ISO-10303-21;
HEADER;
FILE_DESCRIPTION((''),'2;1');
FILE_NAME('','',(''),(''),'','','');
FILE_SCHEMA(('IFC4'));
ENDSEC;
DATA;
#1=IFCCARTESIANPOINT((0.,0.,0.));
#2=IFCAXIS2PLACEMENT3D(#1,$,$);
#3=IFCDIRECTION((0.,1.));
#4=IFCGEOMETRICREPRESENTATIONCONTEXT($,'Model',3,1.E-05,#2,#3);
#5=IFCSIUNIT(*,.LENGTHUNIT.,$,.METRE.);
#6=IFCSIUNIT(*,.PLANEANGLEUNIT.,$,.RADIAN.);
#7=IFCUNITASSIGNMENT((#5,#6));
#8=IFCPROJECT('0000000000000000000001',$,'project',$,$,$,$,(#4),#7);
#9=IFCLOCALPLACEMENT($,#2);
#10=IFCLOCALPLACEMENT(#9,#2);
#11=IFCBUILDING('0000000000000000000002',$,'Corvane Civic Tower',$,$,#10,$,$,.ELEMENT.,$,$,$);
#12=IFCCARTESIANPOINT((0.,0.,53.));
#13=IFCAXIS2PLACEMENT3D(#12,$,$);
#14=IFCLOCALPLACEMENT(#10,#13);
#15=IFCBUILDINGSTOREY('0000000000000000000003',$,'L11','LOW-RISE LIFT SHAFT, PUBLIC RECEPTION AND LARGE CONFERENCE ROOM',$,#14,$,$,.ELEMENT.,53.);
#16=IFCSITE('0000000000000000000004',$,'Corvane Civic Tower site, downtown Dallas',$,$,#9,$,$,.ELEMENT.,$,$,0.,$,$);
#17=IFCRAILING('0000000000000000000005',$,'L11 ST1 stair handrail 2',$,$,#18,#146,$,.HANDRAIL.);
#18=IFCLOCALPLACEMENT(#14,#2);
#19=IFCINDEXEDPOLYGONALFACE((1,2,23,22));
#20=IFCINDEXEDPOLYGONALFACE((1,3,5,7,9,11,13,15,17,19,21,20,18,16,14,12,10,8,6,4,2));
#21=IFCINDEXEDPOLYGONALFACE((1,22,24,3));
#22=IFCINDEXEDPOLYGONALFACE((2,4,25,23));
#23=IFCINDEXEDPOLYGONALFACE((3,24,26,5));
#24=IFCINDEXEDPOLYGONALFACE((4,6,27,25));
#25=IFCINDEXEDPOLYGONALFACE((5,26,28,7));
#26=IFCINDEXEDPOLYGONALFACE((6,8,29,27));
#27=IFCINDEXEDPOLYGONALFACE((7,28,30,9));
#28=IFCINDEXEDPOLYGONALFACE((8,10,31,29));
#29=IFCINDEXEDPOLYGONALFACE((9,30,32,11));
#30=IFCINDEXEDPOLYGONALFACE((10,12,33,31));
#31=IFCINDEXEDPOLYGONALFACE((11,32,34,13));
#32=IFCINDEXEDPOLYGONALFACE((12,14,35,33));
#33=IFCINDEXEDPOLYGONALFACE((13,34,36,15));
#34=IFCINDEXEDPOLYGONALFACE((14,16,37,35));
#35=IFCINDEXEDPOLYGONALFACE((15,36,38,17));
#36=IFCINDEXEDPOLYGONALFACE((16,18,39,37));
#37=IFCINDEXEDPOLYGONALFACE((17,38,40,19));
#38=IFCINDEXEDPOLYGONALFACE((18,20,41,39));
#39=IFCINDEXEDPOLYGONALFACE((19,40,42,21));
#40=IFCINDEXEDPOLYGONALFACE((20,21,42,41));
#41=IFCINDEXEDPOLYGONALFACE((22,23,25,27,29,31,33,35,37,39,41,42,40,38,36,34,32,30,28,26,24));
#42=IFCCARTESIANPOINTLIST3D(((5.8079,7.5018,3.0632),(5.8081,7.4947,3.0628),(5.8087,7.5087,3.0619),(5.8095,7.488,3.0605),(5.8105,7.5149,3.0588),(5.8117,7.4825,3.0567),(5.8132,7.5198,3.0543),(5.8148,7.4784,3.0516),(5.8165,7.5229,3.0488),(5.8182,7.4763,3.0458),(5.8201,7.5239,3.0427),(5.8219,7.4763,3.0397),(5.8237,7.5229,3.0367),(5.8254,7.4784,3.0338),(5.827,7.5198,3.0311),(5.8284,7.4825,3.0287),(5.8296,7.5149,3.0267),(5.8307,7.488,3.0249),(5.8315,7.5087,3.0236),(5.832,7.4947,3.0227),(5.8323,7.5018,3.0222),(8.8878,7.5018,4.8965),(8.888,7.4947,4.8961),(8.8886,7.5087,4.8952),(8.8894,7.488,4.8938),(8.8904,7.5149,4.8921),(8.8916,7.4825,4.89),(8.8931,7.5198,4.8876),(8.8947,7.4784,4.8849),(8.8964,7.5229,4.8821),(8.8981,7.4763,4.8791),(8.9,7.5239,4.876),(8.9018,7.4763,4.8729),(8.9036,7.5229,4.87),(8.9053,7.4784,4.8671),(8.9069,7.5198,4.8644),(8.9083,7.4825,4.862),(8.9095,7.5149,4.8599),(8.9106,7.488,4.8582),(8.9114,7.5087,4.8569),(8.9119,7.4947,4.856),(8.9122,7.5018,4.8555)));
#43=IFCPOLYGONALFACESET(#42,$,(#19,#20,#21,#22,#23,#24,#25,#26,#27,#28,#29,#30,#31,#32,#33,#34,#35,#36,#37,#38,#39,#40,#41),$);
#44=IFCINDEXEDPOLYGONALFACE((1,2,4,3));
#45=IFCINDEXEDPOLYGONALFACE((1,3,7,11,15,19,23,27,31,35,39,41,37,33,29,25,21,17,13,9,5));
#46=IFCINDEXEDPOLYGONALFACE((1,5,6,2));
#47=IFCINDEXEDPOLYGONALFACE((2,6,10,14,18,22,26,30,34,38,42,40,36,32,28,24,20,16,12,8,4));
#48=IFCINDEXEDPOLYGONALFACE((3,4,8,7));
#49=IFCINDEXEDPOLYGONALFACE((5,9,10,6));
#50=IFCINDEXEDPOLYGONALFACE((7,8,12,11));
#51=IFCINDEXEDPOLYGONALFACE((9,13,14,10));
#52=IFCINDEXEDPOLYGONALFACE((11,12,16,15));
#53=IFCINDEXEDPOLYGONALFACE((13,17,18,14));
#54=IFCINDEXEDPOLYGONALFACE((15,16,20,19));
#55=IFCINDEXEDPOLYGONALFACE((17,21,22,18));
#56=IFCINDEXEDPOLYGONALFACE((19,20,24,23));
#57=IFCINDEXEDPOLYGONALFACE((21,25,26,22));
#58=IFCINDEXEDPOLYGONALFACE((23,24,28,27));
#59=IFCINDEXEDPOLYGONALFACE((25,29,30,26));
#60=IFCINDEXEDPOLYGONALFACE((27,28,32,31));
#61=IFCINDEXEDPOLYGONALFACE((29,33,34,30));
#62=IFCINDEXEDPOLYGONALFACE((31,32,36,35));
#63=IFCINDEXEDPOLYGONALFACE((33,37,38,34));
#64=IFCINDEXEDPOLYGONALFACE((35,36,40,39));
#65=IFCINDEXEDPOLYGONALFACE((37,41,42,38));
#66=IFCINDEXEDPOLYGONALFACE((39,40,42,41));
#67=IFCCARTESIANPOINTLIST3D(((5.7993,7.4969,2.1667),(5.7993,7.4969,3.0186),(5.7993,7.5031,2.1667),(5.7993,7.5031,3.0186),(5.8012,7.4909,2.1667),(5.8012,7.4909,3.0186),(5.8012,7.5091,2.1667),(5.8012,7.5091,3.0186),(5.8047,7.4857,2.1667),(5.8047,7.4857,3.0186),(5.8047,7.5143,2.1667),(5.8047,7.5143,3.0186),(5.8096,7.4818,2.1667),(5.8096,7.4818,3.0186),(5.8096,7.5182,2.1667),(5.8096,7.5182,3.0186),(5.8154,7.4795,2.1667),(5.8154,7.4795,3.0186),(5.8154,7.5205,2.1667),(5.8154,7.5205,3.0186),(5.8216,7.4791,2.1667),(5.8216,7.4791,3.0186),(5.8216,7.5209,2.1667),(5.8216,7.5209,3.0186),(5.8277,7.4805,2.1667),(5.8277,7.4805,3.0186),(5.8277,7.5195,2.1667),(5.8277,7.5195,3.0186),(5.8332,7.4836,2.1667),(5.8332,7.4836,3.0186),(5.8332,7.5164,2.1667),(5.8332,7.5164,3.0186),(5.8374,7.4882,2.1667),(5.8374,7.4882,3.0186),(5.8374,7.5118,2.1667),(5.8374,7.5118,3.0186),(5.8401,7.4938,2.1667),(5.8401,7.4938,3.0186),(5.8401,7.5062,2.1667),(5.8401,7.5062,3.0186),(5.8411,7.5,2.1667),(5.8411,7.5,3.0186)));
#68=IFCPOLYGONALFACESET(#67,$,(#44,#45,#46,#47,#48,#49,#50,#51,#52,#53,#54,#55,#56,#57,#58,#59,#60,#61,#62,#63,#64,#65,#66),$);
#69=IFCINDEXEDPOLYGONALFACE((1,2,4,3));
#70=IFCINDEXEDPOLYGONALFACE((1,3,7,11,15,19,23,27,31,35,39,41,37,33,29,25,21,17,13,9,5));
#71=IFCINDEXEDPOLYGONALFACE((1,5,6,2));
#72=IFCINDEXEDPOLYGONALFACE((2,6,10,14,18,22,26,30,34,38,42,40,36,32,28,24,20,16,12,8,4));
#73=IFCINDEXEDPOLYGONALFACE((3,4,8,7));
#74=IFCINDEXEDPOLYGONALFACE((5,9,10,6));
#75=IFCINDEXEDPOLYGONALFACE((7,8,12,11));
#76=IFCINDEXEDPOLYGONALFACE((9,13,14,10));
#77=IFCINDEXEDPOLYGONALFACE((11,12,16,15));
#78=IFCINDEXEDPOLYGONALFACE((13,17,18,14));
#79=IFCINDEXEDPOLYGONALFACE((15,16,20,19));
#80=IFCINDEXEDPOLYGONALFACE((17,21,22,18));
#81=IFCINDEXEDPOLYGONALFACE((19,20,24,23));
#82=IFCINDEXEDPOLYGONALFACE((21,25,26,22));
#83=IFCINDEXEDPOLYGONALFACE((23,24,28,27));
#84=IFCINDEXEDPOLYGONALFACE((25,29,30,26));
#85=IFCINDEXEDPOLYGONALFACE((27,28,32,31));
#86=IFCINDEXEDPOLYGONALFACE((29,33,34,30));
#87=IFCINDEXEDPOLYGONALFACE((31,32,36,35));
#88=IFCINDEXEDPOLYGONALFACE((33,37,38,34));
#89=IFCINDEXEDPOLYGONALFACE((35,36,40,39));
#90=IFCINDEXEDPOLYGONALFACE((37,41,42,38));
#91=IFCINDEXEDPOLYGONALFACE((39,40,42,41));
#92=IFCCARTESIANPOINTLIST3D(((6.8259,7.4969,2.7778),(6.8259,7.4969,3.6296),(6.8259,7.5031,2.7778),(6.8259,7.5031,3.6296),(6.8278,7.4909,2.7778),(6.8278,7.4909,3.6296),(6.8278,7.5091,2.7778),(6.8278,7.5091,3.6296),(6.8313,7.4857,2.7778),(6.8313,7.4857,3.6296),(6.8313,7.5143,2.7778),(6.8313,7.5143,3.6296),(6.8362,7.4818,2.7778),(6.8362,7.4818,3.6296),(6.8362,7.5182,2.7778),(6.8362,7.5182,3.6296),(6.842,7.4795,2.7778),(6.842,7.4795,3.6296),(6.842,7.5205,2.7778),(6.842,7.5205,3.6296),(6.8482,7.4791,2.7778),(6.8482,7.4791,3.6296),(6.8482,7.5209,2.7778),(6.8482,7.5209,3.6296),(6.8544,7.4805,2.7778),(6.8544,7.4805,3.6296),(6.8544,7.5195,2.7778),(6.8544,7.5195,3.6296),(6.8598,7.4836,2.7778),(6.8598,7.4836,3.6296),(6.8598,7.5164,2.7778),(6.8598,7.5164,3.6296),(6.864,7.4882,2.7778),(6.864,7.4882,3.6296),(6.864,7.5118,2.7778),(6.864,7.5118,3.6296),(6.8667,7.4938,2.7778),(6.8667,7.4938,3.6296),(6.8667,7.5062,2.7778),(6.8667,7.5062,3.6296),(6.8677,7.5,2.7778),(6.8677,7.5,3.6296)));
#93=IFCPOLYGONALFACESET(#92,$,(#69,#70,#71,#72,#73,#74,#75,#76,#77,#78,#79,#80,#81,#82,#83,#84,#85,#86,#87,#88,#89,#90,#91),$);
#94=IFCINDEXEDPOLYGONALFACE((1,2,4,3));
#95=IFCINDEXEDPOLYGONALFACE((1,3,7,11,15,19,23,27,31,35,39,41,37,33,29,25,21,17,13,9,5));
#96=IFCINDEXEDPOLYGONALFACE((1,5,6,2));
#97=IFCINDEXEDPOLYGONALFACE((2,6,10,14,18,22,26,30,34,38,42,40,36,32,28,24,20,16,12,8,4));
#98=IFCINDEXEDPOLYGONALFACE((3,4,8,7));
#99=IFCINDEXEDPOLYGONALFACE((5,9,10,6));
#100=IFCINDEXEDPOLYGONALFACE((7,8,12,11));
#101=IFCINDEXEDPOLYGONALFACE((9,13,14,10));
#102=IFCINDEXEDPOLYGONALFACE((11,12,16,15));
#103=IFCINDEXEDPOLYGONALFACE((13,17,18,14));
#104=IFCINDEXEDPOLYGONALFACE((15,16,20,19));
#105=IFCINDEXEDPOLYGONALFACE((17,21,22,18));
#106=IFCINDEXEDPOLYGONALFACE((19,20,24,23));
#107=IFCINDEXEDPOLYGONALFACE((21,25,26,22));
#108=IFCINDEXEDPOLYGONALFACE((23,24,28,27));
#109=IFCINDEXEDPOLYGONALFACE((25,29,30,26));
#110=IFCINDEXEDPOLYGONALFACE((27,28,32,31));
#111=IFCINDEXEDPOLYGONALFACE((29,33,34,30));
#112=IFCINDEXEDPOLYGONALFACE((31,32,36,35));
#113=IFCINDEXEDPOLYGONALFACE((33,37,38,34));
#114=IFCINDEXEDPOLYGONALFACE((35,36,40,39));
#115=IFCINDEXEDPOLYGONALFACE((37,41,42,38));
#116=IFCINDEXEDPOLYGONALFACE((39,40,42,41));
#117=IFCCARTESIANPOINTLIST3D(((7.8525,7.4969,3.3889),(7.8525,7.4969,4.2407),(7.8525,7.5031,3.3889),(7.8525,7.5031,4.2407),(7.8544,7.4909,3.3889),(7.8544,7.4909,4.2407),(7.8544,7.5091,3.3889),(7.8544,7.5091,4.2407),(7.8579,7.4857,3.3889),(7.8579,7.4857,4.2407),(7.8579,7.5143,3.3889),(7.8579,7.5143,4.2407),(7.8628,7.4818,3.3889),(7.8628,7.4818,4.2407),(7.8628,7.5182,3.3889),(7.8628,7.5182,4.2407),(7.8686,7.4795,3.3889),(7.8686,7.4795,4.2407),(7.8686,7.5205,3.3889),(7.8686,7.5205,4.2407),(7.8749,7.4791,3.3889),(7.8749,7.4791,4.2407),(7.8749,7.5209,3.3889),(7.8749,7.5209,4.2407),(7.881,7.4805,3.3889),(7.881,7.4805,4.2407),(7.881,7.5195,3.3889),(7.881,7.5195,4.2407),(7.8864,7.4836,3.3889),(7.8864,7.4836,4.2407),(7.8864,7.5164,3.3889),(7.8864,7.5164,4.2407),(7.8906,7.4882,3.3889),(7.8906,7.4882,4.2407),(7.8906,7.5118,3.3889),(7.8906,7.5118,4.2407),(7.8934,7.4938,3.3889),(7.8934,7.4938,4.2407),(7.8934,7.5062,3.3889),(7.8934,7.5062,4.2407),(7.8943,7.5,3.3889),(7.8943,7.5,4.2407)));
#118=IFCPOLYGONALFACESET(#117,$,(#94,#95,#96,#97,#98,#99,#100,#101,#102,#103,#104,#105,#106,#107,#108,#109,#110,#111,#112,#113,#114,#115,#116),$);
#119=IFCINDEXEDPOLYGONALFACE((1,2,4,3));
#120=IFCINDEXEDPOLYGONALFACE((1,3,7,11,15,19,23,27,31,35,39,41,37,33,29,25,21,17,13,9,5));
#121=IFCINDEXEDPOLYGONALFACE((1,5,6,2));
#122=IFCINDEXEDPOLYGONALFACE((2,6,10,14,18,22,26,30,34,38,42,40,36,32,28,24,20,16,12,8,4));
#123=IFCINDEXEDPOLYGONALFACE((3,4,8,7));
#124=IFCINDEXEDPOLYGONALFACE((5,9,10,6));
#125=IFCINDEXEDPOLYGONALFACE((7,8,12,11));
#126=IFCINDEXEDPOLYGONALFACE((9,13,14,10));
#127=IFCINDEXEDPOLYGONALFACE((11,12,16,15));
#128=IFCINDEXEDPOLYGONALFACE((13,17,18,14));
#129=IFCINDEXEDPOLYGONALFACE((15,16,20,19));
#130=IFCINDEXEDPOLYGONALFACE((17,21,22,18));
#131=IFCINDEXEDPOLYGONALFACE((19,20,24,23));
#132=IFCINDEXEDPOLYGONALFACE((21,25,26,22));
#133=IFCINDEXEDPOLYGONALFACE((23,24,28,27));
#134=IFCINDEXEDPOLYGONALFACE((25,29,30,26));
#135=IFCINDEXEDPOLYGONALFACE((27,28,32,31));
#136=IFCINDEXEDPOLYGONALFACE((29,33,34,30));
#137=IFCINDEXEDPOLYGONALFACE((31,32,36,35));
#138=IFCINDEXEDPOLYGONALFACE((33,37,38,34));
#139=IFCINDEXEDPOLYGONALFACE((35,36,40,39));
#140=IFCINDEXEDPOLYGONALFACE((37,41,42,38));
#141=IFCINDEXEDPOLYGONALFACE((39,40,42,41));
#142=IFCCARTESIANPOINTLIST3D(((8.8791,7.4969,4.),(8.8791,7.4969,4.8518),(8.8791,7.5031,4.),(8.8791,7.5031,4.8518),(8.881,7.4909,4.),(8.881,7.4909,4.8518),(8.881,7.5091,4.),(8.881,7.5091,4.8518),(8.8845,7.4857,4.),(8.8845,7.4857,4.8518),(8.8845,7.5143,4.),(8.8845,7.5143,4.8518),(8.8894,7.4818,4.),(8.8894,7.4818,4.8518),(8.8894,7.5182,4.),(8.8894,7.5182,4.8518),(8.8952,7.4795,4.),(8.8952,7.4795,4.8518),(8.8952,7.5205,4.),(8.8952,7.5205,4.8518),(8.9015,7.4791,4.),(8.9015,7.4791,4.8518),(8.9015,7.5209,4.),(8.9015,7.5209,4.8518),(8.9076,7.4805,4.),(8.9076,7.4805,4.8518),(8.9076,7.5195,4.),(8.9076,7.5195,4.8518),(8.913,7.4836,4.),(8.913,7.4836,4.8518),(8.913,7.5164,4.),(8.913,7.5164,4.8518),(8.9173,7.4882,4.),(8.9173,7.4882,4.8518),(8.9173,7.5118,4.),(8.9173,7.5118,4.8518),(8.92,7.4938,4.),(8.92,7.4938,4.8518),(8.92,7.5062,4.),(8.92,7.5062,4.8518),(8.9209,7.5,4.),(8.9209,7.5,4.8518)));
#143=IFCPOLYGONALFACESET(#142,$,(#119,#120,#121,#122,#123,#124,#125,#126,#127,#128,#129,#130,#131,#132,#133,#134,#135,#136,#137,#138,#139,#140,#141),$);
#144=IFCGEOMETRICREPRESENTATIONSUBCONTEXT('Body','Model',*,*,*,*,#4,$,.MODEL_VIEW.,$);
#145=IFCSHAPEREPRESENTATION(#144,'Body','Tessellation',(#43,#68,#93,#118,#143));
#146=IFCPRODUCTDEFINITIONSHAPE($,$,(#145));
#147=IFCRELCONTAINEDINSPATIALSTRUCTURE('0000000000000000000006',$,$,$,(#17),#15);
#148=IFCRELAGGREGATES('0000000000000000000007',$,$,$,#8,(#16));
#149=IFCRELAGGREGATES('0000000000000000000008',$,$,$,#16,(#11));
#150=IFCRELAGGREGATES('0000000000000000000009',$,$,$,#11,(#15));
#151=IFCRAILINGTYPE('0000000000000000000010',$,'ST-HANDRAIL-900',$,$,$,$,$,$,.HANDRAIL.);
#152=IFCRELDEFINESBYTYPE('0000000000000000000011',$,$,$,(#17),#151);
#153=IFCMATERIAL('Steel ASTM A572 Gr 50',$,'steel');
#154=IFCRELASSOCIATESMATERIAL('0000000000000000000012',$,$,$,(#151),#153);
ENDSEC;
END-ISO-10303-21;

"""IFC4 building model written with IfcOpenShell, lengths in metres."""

from ifc_helpers import new_model, si_unit, direction, frame, origin, origin_2d, place, context, subcontext, project, spatial, circle, extrude, material, type_object, element, save


model = new_model("IFC4")

# Units and contexts
model_context = context("Model", 3, precision=1e-05, world=origin(), true_north=direction((0.0, 1.0)))
body_context = subcontext(model_context, "Body", "Model", "MODEL_VIEW")
ifc_project = project(units=[si_unit("LENGTHUNIT", "METRE"), si_unit("PLANEANGLEUNIT", "RADIAN")], contexts=[model_context])

# Site, building, storey
site_placement = place(None, origin())
site = spatial("IfcSite", under=ifc_project, at=site_placement, Name="Corvane Civic Tower site, downtown Dallas", CompositionType="ELEMENT", RefElevation=0.0)
building_placement = place(site_placement, origin())
building = spatial("IfcBuilding", under=site, at=building_placement, Name="Corvane Civic Tower", CompositionType="ELEMENT")
storey_placement = place(building_placement, frame((0.0, 0.0, 53.0)))
storey = spatial("IfcBuildingStorey", under=building, at=storey_placement, Name="L11", Description="LOW-RISE LIFT SHAFT, PUBLIC RECEPTION AND LARGE CONFERENCE ROOM", CompositionType="ELEMENT", Elevation=53.0)

# Railing
ifc_material_1 = material(Name="Steel ASTM A572 Gr 50", Category="steel")
railing_type_1 = type_object("IfcRailingType", Name="ST-HANDRAIL-900", PredefinedType="HANDRAIL", material=ifc_material_1)
railing_1_placement = place(storey_placement, frame((5.8201, 7.5, 2.1667)))
element("IfcRailing", 1, at=railing_1_placement, inside=storey, type_object=railing_type_1, Name="L11 ST1 stair handrail 2", PredefinedType="HANDRAIL", context=body_context, shape_type="SweptSolid", body=[
    extrude(circle(Radius=0.0239, at=origin_2d()), frame((0.0, 0.0, 0.876), z_axis=(0.859291, 0.0, 0.511487), x_axis=(0.0, 1.0, 0.0)), (0.0, 0.0, 1.0), 3.5842),
    extrude(circle(Radius=0.021, at=origin_2d()), origin(), (0.0, 0.0, 1.0), 0.8518),
    extrude(circle(Radius=0.021, at=origin_2d()), frame((1.0266, 0.0, 0.6111)), (0.0, 0.0, 1.0), 0.8518),
    extrude(circle(Radius=0.021, at=origin_2d()), frame((2.0532, 0.0, 1.2222)), (0.0, 0.0, 1.0), 0.8518),
    extrude(circle(Radius=0.021, at=origin_2d()), frame((3.0798, 0.0, 1.8333)), (0.0, 0.0, 1.0), 0.8518),
])

save(model, "model.ifc")
